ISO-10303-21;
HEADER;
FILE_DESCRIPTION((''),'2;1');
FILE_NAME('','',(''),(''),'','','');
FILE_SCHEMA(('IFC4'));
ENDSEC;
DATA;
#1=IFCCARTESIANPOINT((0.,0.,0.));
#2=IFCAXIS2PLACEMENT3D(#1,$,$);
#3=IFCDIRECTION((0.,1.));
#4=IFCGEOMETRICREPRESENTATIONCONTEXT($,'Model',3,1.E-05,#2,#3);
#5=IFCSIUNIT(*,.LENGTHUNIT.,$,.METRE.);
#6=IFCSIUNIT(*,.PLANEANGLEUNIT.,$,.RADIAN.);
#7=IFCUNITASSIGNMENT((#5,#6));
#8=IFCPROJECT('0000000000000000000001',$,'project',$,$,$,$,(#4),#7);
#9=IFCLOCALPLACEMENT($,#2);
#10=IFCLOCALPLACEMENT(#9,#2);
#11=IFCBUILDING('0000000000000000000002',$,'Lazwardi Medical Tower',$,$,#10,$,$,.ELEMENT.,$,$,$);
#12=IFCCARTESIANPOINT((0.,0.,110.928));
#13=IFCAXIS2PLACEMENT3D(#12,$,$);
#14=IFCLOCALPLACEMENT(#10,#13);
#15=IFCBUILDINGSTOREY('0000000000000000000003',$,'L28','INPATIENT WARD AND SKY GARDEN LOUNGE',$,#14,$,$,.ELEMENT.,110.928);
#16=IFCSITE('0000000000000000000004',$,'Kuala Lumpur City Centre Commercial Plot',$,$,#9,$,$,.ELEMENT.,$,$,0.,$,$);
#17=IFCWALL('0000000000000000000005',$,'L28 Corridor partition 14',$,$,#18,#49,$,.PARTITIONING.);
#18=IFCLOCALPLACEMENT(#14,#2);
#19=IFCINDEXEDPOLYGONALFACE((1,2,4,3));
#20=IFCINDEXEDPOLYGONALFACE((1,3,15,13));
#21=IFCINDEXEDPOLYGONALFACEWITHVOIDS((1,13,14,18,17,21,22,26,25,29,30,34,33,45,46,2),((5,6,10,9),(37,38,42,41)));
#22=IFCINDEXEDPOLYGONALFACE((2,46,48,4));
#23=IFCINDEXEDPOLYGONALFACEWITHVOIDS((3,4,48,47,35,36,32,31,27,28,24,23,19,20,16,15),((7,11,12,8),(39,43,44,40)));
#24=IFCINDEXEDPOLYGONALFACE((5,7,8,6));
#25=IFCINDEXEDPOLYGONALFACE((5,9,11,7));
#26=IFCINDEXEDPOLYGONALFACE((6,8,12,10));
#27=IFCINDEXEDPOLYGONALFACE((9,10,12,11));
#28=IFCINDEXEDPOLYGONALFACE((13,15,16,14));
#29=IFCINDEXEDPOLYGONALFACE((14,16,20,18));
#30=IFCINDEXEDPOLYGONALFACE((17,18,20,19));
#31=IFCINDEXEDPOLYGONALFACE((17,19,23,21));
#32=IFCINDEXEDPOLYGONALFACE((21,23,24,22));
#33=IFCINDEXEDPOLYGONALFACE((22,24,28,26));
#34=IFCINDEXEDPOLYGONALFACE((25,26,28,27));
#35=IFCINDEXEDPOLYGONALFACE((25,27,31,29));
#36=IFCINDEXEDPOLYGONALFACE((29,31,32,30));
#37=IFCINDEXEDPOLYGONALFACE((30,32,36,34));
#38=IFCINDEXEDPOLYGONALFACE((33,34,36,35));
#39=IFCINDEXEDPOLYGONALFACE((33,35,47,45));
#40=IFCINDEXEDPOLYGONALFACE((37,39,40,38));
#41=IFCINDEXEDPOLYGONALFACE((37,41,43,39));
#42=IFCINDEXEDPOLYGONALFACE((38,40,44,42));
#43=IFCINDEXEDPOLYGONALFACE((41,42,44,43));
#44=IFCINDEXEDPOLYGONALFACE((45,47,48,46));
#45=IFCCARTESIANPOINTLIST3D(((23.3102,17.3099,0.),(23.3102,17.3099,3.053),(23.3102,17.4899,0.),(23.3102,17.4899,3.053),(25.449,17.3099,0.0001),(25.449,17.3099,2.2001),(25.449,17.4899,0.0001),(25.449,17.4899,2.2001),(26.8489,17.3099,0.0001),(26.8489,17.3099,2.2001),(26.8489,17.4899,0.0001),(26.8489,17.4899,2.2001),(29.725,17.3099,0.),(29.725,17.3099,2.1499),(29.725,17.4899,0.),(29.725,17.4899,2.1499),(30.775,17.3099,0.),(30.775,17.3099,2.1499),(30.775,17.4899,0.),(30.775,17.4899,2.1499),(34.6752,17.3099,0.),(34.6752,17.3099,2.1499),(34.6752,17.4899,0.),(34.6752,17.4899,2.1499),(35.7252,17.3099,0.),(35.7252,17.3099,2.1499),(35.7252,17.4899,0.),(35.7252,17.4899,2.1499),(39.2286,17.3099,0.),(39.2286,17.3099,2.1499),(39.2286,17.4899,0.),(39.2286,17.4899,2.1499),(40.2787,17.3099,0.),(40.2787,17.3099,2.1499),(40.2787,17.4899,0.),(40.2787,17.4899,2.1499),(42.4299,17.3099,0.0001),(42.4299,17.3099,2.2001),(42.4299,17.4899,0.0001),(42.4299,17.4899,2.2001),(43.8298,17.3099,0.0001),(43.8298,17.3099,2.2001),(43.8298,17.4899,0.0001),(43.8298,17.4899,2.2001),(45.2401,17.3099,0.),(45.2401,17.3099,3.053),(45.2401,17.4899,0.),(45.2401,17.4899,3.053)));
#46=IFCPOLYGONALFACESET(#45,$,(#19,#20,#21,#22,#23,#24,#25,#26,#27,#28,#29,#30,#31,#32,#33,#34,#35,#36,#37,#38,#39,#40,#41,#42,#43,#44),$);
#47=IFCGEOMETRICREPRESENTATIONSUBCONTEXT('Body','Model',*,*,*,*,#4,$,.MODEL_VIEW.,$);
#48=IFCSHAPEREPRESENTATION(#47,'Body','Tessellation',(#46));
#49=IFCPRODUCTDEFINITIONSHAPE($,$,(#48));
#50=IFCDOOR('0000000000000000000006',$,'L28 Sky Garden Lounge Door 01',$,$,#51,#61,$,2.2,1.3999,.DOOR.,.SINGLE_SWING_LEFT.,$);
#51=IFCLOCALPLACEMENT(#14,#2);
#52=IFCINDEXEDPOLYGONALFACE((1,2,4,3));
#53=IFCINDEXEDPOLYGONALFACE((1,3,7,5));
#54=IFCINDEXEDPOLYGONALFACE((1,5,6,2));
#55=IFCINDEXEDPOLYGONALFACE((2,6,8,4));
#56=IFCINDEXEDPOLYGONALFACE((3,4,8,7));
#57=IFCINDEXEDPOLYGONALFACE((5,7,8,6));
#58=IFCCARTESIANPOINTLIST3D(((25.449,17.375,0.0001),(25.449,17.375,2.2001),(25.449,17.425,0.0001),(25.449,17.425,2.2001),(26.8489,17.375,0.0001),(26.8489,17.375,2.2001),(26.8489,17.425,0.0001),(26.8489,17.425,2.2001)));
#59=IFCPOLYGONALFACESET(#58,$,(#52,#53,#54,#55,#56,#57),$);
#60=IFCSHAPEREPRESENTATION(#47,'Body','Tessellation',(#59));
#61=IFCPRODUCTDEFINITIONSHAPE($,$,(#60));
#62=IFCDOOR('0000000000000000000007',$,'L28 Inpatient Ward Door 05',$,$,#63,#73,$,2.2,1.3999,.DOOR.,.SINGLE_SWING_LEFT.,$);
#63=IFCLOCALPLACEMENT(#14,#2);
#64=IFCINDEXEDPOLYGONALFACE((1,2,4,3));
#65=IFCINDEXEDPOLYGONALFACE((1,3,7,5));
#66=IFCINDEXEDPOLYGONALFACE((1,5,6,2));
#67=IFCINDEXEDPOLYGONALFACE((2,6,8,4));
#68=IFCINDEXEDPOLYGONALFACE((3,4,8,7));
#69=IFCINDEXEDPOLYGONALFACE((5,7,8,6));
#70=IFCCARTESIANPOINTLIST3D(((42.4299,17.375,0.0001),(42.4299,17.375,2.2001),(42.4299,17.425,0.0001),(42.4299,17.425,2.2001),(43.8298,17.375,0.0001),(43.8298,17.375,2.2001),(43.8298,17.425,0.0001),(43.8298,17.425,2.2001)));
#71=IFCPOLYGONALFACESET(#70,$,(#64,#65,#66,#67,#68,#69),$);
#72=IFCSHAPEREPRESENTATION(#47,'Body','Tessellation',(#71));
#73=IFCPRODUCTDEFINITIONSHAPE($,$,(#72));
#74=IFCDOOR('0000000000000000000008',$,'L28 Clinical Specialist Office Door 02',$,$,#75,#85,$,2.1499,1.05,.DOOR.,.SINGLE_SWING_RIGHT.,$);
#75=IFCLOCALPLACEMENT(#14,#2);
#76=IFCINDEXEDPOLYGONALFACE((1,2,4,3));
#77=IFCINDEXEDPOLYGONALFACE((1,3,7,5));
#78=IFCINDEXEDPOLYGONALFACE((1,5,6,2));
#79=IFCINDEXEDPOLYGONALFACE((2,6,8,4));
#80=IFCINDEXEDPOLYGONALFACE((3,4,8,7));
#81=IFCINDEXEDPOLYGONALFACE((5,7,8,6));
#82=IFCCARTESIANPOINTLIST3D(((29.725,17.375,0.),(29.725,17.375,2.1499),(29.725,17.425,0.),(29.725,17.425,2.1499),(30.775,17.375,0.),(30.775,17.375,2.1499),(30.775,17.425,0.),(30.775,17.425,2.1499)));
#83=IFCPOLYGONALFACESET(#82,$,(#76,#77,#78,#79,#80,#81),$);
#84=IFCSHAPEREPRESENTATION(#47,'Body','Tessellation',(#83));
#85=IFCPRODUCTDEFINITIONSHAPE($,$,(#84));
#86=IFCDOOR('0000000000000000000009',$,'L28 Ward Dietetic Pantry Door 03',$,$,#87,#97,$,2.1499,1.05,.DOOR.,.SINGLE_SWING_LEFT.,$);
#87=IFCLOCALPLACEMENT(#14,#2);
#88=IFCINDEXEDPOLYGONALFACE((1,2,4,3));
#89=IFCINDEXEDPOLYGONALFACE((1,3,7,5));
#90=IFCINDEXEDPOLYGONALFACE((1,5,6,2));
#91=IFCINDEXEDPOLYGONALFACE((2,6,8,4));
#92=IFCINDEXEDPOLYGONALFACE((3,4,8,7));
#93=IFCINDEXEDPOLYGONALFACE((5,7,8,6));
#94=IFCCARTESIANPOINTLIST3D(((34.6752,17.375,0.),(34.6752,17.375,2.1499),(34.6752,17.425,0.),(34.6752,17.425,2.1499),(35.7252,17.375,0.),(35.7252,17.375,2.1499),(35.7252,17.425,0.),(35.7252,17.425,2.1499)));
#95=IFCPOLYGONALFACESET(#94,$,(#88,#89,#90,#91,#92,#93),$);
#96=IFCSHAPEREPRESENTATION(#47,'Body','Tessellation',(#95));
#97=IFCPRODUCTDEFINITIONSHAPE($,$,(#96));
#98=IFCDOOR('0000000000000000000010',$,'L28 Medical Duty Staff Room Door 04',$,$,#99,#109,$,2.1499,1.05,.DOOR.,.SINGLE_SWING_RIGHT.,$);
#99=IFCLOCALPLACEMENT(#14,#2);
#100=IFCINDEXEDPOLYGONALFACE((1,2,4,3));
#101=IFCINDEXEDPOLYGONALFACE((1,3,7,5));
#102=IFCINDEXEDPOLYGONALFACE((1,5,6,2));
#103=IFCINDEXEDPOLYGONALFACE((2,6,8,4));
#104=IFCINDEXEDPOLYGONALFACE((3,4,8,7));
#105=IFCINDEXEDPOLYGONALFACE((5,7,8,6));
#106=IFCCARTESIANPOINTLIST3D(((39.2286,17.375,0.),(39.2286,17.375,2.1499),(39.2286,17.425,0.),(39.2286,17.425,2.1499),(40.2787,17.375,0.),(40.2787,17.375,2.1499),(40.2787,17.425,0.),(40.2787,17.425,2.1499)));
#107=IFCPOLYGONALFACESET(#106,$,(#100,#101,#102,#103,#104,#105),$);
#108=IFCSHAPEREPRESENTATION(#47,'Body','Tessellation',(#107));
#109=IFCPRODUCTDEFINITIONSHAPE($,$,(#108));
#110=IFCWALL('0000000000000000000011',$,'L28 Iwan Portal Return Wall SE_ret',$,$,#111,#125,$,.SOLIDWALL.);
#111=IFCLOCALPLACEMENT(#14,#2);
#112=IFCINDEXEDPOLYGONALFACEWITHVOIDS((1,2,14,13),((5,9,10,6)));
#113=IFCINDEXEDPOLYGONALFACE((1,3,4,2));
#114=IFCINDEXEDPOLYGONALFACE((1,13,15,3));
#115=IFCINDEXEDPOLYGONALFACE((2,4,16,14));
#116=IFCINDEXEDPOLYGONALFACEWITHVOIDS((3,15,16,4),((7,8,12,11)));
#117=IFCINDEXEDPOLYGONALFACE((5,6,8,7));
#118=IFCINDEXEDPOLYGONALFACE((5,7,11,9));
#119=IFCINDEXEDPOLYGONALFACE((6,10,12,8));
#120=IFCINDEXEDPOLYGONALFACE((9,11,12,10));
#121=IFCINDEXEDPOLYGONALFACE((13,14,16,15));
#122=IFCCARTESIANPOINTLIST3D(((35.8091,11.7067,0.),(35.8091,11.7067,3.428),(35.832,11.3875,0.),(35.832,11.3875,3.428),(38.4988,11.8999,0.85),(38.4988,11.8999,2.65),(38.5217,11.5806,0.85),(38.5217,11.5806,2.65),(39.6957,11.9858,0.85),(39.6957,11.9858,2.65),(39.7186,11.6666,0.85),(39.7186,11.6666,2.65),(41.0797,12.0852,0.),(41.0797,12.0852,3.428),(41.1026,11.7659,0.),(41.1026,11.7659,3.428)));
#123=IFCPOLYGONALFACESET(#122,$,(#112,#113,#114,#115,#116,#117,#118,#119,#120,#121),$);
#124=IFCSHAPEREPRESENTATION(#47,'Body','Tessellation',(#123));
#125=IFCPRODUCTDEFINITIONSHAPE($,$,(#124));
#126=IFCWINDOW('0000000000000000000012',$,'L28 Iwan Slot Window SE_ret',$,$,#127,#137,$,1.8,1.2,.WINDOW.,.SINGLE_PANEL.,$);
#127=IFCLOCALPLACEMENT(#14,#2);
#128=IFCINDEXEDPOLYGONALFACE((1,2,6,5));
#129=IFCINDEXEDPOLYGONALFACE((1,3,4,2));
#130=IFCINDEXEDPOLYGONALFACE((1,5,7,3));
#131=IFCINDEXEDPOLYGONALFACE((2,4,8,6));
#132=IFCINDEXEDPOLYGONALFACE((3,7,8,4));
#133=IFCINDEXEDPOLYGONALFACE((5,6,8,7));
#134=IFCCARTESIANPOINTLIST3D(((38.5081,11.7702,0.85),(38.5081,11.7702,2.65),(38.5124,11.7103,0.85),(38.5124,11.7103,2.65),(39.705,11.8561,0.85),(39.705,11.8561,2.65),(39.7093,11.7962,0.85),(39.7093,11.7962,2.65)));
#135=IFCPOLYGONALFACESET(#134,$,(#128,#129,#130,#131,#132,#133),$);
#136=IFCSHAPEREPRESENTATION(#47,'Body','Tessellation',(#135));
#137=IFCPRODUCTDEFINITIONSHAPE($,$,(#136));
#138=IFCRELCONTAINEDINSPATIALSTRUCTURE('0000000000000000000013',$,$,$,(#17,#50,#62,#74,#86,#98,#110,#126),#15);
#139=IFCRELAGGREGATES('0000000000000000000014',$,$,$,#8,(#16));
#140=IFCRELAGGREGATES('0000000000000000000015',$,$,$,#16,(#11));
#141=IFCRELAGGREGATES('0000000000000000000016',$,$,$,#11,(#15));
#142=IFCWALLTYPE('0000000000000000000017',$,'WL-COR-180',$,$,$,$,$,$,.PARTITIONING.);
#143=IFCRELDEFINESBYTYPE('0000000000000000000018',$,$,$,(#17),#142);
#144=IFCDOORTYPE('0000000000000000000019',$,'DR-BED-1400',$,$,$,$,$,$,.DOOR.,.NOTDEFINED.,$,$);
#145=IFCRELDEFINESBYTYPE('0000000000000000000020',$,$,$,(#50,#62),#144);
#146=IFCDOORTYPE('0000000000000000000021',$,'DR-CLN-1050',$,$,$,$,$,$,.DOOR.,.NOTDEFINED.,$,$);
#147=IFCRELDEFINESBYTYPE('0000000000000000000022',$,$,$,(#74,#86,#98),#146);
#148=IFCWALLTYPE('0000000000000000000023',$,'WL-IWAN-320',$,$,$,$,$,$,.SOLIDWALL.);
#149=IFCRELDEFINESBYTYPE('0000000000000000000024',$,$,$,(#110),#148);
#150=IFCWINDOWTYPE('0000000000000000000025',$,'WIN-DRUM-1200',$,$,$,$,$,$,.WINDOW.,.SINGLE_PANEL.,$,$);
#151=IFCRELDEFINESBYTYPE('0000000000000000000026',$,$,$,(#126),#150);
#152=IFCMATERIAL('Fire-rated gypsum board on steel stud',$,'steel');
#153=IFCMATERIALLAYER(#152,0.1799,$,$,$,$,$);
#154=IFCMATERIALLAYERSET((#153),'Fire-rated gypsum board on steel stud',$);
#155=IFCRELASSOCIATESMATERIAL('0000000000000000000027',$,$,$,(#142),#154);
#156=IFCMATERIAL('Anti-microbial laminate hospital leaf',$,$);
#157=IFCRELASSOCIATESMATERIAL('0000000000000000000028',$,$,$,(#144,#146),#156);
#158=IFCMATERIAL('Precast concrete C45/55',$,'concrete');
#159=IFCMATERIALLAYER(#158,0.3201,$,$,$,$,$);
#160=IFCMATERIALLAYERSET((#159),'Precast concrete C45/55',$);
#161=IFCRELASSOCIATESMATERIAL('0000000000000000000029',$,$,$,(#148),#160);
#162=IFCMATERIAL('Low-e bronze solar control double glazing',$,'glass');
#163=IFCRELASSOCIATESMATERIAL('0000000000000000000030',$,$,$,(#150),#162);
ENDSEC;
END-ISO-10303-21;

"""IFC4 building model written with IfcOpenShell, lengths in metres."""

from ifc_helpers import new_model, si_unit, direction, frame, frame_2d, origin, place, context, subcontext, project, spatial, rectangle, extrude, material, layer, layer_set, type_object, element, fill, save


model = new_model("IFC4")

# Units and contexts
model_context = context("Model", 3, precision=1e-05, world=origin(), true_north=direction((0.0, 1.0)))
body_context = subcontext(model_context, "Body", "Model", "MODEL_VIEW")
ifc_project = project(units=[si_unit("LENGTHUNIT", "METRE"), si_unit("PLANEANGLEUNIT", "RADIAN")], contexts=[model_context])

# Site, building, storey
site_placement = place(None, origin())
site = spatial("IfcSite", under=ifc_project, at=site_placement, Name="Kuala Lumpur City Centre Commercial Plot", CompositionType="ELEMENT", RefElevation=0.0)
building_placement = place(site_placement, origin())
building = spatial("IfcBuilding", under=site, at=building_placement, Name="Lazwardi Medical Tower", CompositionType="ELEMENT")
storey_placement = place(building_placement, frame((0.0, 0.0, 110.928)))
storey = spatial("IfcBuildingStorey", under=building, at=storey_placement, Name="L28", Description="INPATIENT WARD AND SKY GARDEN LOUNGE", CompositionType="ELEMENT", Elevation=110.928)

# Shared definitions
ifc_material_1 = material(Name="Low-e bronze solar control double glazing", Category="glass")

# Wall, openings, doors
ifc_material_2 = material(Name="Fire-rated gypsum board on steel stud", Category="steel")
ifc_layer_1 = layer(ifc_material_2, 0.1799)
ifc_layer_set_1 = layer_set([ifc_layer_1], Name="Fire-rated gypsum board on steel stud")
wall_type_1 = type_object("IfcWallType", Name="WL-COR-180", PredefinedType="PARTITIONING", material=ifc_layer_set_1)
wall_1_placement = place(storey_placement, frame((45.24, 17.3999, 0.0), z_axis=(0.0, 0.0, 1.0), x_axis=(-1.0, 0.0, 0.0)))
wall_1 = element("IfcWall", 1, at=wall_1_placement, inside=storey, type_object=wall_type_1, Name="L28 Corridor partition 14", PredefinedType="PARTITIONING", context=body_context, shape_type="SweptSolid", body=[
    extrude(rectangle(XDim=21.9299, YDim=0.1799, at=frame_2d((10.9648, 0.0))), origin(), (0.0, 0.0, 1.0), 3.053),
])
opening_1_placement = place(wall_1_placement, frame((18.3911, 0.0, 0.0)))
opening_1 = element("IfcOpeningElement", 2, at=opening_1_placement, cuts=wall_1, PredefinedType="OPENING", context=body_context, shape_type="SweptSolid", body=[
    extrude(rectangle(XDim=1.3999, YDim=2.2, at=frame_2d((0.7, 1.1001))), frame((0.0, 0.0999, 0.0), z_axis=(0.0, -1.0, 0.0), x_axis=(1.0, 0.0, 0.0)), (0.0, 0.0, 1.0), 0.2),
])
opening_2_placement = place(wall_1_placement, frame((14.4651, 0.0, 0.0)))
opening_2 = element("IfcOpeningElement", 3, at=opening_2_placement, cuts=wall_1, PredefinedType="OPENING", context=body_context, shape_type="SweptSolid", body=[
    extrude(rectangle(XDim=1.05, YDim=2.1499, at=frame_2d((0.5249, 1.075))), frame((0.0, 0.0999, 0.0), z_axis=(0.0, -1.0, 0.0), x_axis=(1.0, 0.0, 0.0)), (0.0, 0.0, 1.0), 0.2),
])
opening_3_placement = place(wall_1_placement, frame((9.5149, 0.0, 0.0)))
opening_3 = element("IfcOpeningElement", 4, at=opening_3_placement, cuts=wall_1, PredefinedType="OPENING", context=body_context, shape_type="SweptSolid", body=[
    extrude(rectangle(XDim=1.05, YDim=2.1499, at=frame_2d((0.5249, 1.075))), frame((0.0, 0.0999, 0.0), z_axis=(0.0, -1.0, 0.0), x_axis=(1.0, 0.0, 0.0)), (0.0, 0.0, 1.0), 0.2),
])
opening_4_placement = place(wall_1_placement, frame((4.9614, 0.0, 0.0)))
opening_4 = element("IfcOpeningElement", 5, at=opening_4_placement, cuts=wall_1, PredefinedType="OPENING", context=body_context, shape_type="SweptSolid", body=[
    extrude(rectangle(XDim=1.05, YDim=2.1499, at=frame_2d((0.5249, 1.075))), frame((0.0, 0.0999, 0.0), z_axis=(0.0, -1.0, 0.0), x_axis=(1.0, 0.0, 0.0)), (0.0, 0.0, 1.0), 0.2),
])
opening_5_placement = place(wall_1_placement, frame((1.4102, 0.0, 0.0)))
opening_5 = element("IfcOpeningElement", 6, at=opening_5_placement, cuts=wall_1, PredefinedType="OPENING", context=body_context, shape_type="SweptSolid", body=[
    extrude(rectangle(XDim=1.3999, YDim=2.2, at=frame_2d((0.7, 1.1001))), frame((0.0, 0.0999, 0.0), z_axis=(0.0, -1.0, 0.0), x_axis=(1.0, 0.0, 0.0)), (0.0, 0.0, 1.0), 0.2),
])
ifc_material_3 = material(Name="Anti-microbial laminate hospital leaf")
door_type_1 = type_object("IfcDoorType", Name="DR-BED-1400", OperationType="NOTDEFINED", PredefinedType="DOOR", material=ifc_material_3)
door_1_placement = place(opening_1_placement, origin())
door_1 = element("IfcDoor", 7, at=door_1_placement, inside=storey, type_object=door_type_1, Name="L28 Sky Garden Lounge Door 01", OperationType="SINGLE_SWING_LEFT", OverallHeight=2.2, OverallWidth=1.3999, PredefinedType="DOOR", context=body_context, shape_type="SweptSolid", body=[
    extrude(rectangle(XDim=1.3999, YDim=2.2, at=frame_2d((0.7, 1.1001))), frame((0.0, 0.0249, 0.0), z_axis=(0.0, -1.0, 0.0), x_axis=(1.0, 0.0, 0.0)), (0.0, 0.0, 1.0), 0.05),
])
fill(opening_1, door_1)
door_2_placement = place(opening_5_placement, origin())
door_2 = element("IfcDoor", 8, at=door_2_placement, inside=storey, type_object=door_type_1, Name="L28 Inpatient Ward Door 05", OperationType="SINGLE_SWING_LEFT", OverallHeight=2.2, OverallWidth=1.3999, PredefinedType="DOOR", context=body_context, shape_type="SweptSolid", body=[
    extrude(rectangle(XDim=1.3999, YDim=2.2, at=frame_2d((0.7, 1.1001))), frame((0.0, 0.0249, 0.0), z_axis=(0.0, -1.0, 0.0), x_axis=(1.0, 0.0, 0.0)), (0.0, 0.0, 1.0), 0.05),
])
fill(opening_5, door_2)
door_type_2 = type_object("IfcDoorType", Name="DR-CLN-1050", OperationType="NOTDEFINED", PredefinedType="DOOR", material=ifc_material_3)
door_3_placement = place(opening_2_placement, origin())
door_3 = element("IfcDoor", 9, at=door_3_placement, inside=storey, type_object=door_type_2, Name="L28 Clinical Specialist Office Door 02", OperationType="SINGLE_SWING_RIGHT", OverallHeight=2.1499, OverallWidth=1.05, PredefinedType="DOOR", context=body_context, shape_type="SweptSolid", body=[
    extrude(rectangle(XDim=1.05, YDim=2.1499, at=frame_2d((0.5249, 1.075))), frame((0.0, 0.0249, 0.0), z_axis=(0.0, -1.0, 0.0), x_axis=(1.0, 0.0, 0.0)), (0.0, 0.0, 1.0), 0.05),
])
fill(opening_2, door_3)
door_4_placement = place(opening_3_placement, origin())
door_4 = element("IfcDoor", 10, at=door_4_placement, inside=storey, type_object=door_type_2, Name="L28 Ward Dietetic Pantry Door 03", OperationType="SINGLE_SWING_LEFT", OverallHeight=2.1499, OverallWidth=1.05, PredefinedType="DOOR", context=body_context, shape_type="SweptSolid", body=[
    extrude(rectangle(XDim=1.05, YDim=2.1499, at=frame_2d((0.5249, 1.075))), frame((0.0, 0.0249, 0.0), z_axis=(0.0, -1.0, 0.0), x_axis=(1.0, 0.0, 0.0)), (0.0, 0.0, 1.0), 0.05),
])
fill(opening_3, door_4)
door_5_placement = place(opening_4_placement, origin())
door_5 = element("IfcDoor", 11, at=door_5_placement, inside=storey, type_object=door_type_2, Name="L28 Medical Duty Staff Room Door 04", OperationType="SINGLE_SWING_RIGHT", OverallHeight=2.1499, OverallWidth=1.05, PredefinedType="DOOR", context=body_context, shape_type="SweptSolid", body=[
    extrude(rectangle(XDim=1.05, YDim=2.1499, at=frame_2d((0.5249, 1.075))), frame((0.0, 0.0249, 0.0), z_axis=(0.0, -1.0, 0.0), x_axis=(1.0, 0.0, 0.0)), (0.0, 0.0, 1.0), 0.05),
])
fill(opening_4, door_5)

# Wall, opening, window
ifc_material_4 = material(Name="Precast concrete C45/55", Category="concrete")
ifc_layer_2 = layer(ifc_material_4, 0.3201)
ifc_layer_set_2 = layer_set([ifc_layer_2], Name="Precast concrete C45/55")
wall_type_2 = type_object("IfcWallType", Name="WL-IWAN-320", PredefinedType="SOLIDWALL", material=ifc_layer_set_2)
wall_2_placement = place(storey_placement, frame((35.8206, 11.5471, 0.0), z_axis=(0.0, 0.0, 1.0), x_axis=(0.997432, 0.071615, 0.0)))
wall_2 = element("IfcWall", 12, at=wall_2_placement, inside=storey, type_object=wall_type_2, Name="L28 Iwan Portal Return Wall SE_ret", PredefinedType="SOLIDWALL", context=body_context, shape_type="SweptSolid", body=[
    extrude(rectangle(XDim=5.2842, YDim=0.3201, at=frame_2d((2.6421, 0.0))), origin(), (0.0, 0.0, 1.0), 3.428),
])
opening_6_placement = place(wall_2_placement, frame((2.6965, 0.0, 0.8501)))
opening_6 = element("IfcOpeningElement", 13, at=opening_6_placement, cuts=wall_2, PredefinedType="OPENING", context=body_context, shape_type="SweptSolid", body=[
    extrude(rectangle(XDim=1.2, YDim=1.8, at=frame_2d((0.6001, 0.8999))), frame((0.0, 0.1699, 0.0), z_axis=(0.0, -1.0, 0.0), x_axis=(1.0, 0.0, 0.0)), (0.0, 0.0, 1.0), 0.3401),
])
window_type_1 = type_object("IfcWindowType", Name="WIN-DRUM-1200", PartitioningType="SINGLE_PANEL", PredefinedType="WINDOW", material=ifc_material_1)
window_1_placement = place(opening_6_placement, origin())
window_1 = element("IfcWindow", 14, at=window_1_placement, inside=storey, type_object=window_type_1, Name="L28 Iwan Slot Window SE_ret", OverallHeight=1.8, OverallWidth=1.2, PartitioningType="SINGLE_PANEL", PredefinedType="WINDOW", context=body_context, shape_type="SweptSolid", body=[
    extrude(rectangle(XDim=1.2, YDim=1.8, at=frame_2d((0.6001, 0.8999))), frame((0.0, 0.03, 0.0), z_axis=(0.0, -1.0, 0.0), x_axis=(1.0, 0.0, 0.0)), (0.0, 0.0, 1.0), 0.0601),
])
fill(opening_6, window_1)

save(model, "model.ifc")
